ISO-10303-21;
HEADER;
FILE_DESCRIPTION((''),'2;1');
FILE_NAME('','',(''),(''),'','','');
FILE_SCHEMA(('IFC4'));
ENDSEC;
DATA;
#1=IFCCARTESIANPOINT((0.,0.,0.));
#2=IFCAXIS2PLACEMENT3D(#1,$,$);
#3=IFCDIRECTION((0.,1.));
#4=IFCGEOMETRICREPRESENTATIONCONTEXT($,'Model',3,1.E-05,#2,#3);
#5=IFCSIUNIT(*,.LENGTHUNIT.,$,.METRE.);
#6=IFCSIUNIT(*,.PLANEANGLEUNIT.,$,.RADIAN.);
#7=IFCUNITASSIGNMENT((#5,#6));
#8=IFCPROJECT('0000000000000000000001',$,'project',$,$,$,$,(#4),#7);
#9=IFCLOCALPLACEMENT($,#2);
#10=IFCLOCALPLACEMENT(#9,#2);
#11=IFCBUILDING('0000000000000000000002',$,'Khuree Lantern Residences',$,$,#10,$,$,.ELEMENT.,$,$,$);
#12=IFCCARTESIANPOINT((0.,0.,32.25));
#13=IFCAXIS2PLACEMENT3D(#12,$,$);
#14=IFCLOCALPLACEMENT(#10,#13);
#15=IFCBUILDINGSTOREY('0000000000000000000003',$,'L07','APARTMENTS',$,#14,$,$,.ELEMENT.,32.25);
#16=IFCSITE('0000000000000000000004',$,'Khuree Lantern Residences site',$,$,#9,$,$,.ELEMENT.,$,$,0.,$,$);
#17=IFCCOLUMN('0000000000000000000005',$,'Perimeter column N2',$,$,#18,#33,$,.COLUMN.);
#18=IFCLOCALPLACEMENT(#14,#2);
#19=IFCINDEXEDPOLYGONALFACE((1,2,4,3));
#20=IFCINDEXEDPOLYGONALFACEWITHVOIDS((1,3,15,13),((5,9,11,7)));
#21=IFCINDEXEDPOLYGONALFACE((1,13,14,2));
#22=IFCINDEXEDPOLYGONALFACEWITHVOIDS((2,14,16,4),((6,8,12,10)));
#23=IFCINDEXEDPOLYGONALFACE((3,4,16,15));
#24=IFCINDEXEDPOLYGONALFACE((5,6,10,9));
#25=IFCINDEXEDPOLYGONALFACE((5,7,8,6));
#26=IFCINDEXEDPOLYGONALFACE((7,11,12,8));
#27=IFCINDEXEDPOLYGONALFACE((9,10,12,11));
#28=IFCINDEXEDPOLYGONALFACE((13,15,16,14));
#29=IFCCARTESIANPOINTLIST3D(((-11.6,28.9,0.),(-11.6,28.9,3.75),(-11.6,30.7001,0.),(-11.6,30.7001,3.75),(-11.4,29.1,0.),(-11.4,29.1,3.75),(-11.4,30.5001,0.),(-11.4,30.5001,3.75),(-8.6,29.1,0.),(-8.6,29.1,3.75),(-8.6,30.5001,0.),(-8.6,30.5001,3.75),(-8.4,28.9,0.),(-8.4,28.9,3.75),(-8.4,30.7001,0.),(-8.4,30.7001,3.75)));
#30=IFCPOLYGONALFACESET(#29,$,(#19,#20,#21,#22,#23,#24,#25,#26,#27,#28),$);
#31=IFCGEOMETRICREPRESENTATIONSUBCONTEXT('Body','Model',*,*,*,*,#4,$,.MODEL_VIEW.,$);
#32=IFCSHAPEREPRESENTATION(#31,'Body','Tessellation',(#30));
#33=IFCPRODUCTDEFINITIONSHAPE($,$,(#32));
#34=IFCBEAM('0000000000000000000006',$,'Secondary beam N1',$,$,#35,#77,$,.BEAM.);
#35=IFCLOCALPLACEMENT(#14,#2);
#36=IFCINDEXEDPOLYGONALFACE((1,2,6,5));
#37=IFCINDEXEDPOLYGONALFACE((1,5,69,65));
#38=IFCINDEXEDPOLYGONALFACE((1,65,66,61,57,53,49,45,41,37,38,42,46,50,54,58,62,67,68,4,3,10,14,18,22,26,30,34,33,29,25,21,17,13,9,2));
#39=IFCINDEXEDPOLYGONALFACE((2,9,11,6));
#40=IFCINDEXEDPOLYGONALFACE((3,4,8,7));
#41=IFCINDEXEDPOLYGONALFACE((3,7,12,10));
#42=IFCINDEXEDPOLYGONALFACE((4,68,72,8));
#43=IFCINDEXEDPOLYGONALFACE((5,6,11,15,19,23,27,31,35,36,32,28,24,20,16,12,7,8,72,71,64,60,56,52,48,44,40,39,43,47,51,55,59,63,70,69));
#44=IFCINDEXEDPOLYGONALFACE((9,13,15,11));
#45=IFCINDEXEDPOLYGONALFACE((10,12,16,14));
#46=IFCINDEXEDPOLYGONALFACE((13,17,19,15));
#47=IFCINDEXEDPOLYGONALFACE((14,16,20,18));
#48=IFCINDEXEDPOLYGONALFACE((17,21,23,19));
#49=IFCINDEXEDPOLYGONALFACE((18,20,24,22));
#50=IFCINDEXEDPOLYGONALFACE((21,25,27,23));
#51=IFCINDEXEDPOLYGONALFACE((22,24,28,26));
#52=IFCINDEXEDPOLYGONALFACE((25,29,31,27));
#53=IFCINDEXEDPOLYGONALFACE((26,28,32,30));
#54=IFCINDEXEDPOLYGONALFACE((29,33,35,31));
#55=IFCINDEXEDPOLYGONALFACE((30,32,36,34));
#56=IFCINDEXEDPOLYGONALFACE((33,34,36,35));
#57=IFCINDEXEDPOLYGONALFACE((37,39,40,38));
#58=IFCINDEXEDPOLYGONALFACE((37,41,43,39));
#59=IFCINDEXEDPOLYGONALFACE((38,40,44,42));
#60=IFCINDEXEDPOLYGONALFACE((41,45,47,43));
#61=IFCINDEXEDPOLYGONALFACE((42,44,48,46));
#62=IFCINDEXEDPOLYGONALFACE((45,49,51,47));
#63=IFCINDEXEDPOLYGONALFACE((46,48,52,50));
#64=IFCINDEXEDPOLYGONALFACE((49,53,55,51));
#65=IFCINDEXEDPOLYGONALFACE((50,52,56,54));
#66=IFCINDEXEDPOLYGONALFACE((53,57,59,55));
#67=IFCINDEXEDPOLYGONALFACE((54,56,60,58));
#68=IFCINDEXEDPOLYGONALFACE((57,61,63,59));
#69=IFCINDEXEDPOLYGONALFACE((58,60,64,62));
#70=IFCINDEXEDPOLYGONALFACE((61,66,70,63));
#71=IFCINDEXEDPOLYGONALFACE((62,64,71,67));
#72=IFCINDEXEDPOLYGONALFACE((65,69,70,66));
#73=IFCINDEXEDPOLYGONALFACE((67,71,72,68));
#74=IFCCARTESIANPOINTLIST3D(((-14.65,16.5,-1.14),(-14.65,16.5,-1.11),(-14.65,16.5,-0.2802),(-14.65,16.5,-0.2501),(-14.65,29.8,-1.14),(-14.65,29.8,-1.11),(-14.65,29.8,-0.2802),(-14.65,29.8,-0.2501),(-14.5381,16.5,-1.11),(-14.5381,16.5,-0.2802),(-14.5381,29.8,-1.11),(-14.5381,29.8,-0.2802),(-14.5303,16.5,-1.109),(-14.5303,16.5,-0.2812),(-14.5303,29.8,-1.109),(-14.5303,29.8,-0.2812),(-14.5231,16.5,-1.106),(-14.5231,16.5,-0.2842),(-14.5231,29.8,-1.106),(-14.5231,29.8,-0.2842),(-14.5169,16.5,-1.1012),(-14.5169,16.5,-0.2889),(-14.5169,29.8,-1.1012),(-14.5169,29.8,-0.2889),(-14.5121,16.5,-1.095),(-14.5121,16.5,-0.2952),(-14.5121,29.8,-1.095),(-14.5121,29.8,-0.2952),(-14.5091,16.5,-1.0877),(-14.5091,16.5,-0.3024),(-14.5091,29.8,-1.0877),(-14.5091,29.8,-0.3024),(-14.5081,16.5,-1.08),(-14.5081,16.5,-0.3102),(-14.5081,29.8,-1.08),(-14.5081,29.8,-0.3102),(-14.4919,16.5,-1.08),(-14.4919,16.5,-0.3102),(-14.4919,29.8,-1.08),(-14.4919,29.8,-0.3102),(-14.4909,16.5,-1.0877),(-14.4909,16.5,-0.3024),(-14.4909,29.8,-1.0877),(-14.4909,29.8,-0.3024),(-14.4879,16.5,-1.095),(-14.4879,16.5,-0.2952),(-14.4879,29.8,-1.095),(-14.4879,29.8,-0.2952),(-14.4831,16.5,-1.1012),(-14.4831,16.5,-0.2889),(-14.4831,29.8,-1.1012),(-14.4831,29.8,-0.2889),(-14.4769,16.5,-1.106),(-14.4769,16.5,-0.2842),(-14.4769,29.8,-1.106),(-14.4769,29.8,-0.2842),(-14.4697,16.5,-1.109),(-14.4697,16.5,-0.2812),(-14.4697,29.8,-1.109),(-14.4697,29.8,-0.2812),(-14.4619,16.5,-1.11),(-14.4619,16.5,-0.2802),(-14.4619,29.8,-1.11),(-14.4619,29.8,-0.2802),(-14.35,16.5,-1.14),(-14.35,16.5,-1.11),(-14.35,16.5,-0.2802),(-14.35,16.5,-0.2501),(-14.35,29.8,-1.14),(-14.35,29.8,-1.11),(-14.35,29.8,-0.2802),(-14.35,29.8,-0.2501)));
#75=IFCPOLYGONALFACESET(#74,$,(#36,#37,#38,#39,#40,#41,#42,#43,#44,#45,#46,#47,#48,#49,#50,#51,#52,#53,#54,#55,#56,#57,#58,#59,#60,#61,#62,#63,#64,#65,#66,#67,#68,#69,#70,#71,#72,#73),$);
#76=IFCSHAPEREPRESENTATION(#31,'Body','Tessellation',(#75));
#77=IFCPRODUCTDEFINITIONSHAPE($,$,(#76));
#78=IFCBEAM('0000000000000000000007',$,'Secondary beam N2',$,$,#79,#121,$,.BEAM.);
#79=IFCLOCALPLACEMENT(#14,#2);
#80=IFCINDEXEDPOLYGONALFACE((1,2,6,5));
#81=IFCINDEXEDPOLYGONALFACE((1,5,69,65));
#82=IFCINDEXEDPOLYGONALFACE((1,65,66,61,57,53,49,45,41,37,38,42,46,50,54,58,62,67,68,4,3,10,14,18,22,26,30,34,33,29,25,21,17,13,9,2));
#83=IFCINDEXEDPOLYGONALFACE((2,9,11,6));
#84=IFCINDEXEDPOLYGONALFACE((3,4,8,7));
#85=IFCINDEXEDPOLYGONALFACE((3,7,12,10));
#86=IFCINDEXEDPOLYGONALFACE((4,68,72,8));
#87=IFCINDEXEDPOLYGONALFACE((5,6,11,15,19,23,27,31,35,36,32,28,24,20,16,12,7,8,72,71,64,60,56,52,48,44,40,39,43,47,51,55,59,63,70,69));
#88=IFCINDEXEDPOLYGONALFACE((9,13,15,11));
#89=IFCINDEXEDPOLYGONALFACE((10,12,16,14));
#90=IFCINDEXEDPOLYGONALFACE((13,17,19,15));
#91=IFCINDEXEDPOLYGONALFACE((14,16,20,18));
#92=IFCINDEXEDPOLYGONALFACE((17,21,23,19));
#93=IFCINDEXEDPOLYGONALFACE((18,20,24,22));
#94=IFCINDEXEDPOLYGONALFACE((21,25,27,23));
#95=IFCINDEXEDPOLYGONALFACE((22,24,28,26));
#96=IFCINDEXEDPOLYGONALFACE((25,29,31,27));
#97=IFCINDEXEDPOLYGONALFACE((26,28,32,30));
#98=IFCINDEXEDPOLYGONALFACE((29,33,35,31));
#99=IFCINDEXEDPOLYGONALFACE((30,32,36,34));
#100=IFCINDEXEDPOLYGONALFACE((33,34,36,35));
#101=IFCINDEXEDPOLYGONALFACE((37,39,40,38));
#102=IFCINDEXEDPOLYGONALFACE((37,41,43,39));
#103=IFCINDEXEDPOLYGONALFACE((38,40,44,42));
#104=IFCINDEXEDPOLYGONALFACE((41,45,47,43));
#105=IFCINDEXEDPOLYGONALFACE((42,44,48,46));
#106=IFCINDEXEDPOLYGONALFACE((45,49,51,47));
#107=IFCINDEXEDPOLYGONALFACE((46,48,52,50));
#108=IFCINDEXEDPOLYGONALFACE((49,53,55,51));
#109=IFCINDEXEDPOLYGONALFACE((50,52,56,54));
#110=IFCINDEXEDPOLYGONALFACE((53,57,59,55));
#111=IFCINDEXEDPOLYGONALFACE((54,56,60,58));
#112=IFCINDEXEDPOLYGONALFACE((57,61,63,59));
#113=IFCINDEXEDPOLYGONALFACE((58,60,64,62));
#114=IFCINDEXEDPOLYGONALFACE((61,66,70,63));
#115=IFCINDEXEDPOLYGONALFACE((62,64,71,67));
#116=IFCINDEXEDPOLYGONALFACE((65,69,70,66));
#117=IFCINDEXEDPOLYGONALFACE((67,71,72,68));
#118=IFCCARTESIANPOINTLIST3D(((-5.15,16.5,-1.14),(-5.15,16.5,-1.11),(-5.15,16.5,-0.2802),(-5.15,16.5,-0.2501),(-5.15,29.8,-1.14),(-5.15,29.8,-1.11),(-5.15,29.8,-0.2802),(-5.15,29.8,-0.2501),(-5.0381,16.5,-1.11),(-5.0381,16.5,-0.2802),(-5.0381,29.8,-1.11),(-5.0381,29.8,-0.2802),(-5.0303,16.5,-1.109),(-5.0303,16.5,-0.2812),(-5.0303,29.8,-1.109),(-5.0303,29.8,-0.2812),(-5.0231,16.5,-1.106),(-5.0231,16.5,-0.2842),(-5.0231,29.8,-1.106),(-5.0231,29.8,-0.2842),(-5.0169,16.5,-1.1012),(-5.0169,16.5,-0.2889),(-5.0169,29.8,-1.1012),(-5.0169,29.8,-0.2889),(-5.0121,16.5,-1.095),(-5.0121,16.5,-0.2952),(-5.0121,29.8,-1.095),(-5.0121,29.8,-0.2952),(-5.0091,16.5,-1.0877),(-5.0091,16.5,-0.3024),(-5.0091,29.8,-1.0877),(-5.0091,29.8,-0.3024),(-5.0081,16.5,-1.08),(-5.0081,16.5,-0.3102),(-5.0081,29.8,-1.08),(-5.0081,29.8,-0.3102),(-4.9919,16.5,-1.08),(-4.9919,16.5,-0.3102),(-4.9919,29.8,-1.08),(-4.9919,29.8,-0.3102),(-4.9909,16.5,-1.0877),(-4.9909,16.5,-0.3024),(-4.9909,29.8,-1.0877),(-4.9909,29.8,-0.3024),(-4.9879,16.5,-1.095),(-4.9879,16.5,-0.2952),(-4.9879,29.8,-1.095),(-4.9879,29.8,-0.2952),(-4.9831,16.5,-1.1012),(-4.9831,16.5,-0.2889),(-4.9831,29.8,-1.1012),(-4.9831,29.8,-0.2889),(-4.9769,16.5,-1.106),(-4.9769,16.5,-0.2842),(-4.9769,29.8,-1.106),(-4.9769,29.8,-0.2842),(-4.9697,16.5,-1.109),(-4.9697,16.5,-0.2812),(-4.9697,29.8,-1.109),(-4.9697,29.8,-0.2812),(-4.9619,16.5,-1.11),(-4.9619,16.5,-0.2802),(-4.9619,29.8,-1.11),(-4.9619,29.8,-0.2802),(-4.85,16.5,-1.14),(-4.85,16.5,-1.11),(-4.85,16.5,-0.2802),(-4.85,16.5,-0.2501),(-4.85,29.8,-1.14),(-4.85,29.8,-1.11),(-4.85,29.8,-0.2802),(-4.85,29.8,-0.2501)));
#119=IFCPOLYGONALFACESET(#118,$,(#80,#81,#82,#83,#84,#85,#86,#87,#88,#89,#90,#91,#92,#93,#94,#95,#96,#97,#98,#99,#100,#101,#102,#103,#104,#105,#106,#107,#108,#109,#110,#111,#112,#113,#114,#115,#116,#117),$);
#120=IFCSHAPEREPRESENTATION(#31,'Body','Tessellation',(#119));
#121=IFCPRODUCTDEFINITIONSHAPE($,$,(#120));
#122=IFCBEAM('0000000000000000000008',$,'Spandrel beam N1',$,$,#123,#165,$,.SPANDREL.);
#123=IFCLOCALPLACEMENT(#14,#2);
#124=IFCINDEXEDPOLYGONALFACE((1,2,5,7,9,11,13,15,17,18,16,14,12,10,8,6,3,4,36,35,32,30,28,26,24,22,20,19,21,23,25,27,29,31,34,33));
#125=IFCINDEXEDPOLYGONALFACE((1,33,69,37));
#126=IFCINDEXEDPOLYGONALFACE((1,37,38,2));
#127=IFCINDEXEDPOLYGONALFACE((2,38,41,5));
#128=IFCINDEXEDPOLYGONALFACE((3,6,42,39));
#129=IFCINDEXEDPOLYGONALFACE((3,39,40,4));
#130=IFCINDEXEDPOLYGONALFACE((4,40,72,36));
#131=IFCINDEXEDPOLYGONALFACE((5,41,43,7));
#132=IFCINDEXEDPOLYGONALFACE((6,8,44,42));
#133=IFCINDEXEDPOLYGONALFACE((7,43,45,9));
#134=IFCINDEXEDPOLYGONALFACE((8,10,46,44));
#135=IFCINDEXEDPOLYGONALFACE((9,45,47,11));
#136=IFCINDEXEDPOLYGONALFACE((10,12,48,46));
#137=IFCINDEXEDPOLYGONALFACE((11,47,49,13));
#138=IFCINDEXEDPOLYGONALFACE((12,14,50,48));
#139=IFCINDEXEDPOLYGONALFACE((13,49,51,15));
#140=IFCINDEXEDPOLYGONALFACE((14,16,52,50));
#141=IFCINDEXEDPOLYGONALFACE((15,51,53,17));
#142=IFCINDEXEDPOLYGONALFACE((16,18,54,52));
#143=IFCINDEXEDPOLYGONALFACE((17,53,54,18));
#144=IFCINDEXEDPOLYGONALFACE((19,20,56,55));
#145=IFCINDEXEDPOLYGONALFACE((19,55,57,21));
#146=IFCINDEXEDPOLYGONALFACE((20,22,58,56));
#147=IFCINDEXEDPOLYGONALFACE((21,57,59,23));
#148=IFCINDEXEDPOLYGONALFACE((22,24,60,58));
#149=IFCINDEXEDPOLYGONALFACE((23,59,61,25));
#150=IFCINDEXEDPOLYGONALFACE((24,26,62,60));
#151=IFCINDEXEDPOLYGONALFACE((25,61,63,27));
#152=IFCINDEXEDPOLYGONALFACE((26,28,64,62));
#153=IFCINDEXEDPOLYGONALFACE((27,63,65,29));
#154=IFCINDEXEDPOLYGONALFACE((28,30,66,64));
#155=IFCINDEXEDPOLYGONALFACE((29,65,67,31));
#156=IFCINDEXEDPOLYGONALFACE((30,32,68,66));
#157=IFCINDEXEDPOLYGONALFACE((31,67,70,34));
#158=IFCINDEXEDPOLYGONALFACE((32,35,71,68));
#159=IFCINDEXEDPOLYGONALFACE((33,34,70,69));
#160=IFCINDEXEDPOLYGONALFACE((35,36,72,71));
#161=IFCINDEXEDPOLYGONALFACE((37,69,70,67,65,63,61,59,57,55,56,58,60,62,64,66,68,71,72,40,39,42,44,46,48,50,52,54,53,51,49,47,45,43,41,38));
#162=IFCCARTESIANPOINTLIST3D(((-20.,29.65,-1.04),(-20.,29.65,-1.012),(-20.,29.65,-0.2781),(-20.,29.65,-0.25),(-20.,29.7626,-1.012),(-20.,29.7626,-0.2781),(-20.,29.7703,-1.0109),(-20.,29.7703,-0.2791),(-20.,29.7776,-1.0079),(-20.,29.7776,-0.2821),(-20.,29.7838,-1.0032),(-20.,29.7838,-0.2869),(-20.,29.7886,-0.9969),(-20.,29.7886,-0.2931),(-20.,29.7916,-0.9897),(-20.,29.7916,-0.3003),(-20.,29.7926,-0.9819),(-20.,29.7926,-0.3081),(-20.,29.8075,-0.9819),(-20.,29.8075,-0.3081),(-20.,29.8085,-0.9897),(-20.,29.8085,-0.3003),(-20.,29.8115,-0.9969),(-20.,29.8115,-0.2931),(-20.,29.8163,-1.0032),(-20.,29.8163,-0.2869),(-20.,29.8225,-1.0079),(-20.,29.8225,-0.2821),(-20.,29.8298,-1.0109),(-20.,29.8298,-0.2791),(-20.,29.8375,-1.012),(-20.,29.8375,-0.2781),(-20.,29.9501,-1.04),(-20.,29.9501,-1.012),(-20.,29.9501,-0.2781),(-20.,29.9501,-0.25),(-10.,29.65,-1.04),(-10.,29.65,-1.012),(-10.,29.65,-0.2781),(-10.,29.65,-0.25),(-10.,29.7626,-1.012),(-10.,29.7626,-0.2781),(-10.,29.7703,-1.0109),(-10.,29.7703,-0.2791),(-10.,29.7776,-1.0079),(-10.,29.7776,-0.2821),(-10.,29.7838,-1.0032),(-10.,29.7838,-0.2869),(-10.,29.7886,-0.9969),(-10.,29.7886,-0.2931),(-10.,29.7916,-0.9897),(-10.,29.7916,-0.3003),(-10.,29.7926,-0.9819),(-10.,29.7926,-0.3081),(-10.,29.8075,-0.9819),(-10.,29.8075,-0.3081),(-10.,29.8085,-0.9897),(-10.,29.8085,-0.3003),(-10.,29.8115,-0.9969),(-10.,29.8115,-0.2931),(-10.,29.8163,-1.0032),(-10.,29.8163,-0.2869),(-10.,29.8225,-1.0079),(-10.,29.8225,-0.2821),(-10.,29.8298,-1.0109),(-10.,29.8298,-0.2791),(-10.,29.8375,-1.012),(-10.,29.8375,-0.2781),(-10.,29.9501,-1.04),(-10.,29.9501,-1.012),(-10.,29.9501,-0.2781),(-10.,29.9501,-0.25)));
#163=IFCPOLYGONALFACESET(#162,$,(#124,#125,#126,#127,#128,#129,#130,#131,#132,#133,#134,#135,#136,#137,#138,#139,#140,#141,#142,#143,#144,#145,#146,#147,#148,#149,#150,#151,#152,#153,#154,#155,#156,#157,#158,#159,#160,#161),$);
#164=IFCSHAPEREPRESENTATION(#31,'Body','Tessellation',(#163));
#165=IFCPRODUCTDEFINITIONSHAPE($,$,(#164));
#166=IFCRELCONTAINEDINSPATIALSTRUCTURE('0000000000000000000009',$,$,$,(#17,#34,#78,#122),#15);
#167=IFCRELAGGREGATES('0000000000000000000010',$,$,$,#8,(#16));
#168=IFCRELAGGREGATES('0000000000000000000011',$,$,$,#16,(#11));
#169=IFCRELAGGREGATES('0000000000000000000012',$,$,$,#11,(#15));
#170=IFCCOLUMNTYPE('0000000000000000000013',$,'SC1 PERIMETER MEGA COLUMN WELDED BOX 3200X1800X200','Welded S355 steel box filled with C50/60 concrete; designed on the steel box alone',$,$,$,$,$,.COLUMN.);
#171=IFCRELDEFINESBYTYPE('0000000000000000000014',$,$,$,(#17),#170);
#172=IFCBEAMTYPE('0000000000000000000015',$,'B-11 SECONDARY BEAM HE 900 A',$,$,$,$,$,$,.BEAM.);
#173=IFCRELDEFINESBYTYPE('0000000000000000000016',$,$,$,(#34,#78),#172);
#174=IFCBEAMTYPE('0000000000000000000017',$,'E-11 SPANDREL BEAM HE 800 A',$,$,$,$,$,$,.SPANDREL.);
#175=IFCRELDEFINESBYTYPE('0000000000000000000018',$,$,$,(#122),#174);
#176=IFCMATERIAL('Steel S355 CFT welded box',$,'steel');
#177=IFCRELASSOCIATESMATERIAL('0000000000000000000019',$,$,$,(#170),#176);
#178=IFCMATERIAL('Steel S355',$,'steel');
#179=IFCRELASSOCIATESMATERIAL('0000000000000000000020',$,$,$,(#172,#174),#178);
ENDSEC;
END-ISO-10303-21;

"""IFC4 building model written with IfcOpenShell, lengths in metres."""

from ifc_helpers import new_model, si_unit, direction, frame, origin, origin_2d, place, context, subcontext, project, spatial, hollow_rectangle, i_section, extrude, material, material_profile, profile_set, type_object, element, save


model = new_model("IFC4")

# Units and contexts
model_context = context("Model", 3, precision=1e-05, world=origin(), true_north=direction((0.0, 1.0)))
body_context = subcontext(model_context, "Body", "Model", "MODEL_VIEW")
ifc_project = project(units=[si_unit("LENGTHUNIT", "METRE"), si_unit("PLANEANGLEUNIT", "RADIAN")], contexts=[model_context])

# Site, building, storey
site_placement = place(None, origin())
site = spatial("IfcSite", under=ifc_project, at=site_placement, Name="Khuree Lantern Residences site", CompositionType="ELEMENT", RefElevation=0.0)
building_placement = place(site_placement, origin())
building = spatial("IfcBuilding", under=site, at=building_placement, Name="Khuree Lantern Residences", CompositionType="ELEMENT")
storey_placement = place(building_placement, frame((0.0, 0.0, 32.25)))
storey = spatial("IfcBuildingStorey", under=building, at=storey_placement, Name="L07", Description="APARTMENTS", CompositionType="ELEMENT", Elevation=32.25)

# Column
ifc_material_1 = material(Name="Steel S355 CFT welded box", Category="steel")
ifc_material_profile_1 = material_profile(ifc_material_1, hollow_rectangle(XDim=3.2, YDim=1.8, WallThickness=0.2, at=origin_2d()), Name="WELDED BOX 3200X1800X200")
ifc_profile_set_1 = profile_set([ifc_material_profile_1], Name="Steel S355 CFT welded box")
column_type = type_object("IfcColumnType", Name="SC1 PERIMETER MEGA COLUMN WELDED BOX 3200X1800X200", Description="Welded S355 steel box filled with C50/60 concrete; designed on the steel box alone", PredefinedType="COLUMN", material=ifc_profile_set_1)
column_placement = place(storey_placement, frame((-10.0, 29.8, 0.0), z_axis=(0.0, 0.0, 1.0), x_axis=(1.0, 0.0, 0.0)))
element("IfcColumn", 1, at=column_placement, inside=storey, type_object=column_type, Name="Perimeter column N2", PredefinedType="COLUMN", context=body_context, shape_type="SweptSolid", body=[
    extrude(hollow_rectangle(XDim=3.2, YDim=1.8, WallThickness=0.2, at=origin_2d()), origin(), (0.0, 0.0, 1.0), 3.75),
])

# Beams
ifc_material_2 = material(Name="Steel S355", Category="steel")
ifc_material_profile_2 = material_profile(ifc_material_2, i_section(OverallWidth=0.3, OverallDepth=0.8899, WebThickness=0.0161, FlangeThickness=0.03, FilletRadius=0.03, at=origin_2d()), Name="HE 900 A")
ifc_profile_set_2 = profile_set([ifc_material_profile_2], Name="Steel S355")
beam_type_1 = type_object("IfcBeamType", Name="B-11 SECONDARY BEAM HE 900 A", PredefinedType="BEAM", material=ifc_profile_set_2)
for number, where, z_axis, x_axis, name in (
    (2, (-14.5, 29.8, -0.6951), (0.0, -1.0, 0.0), (1.0, 0.0, 0.0), "Secondary beam N1"),
    (3, (-5.0, 29.8, -0.6951), (0.0, -1.0, 0.0), (1.0, 0.0, 0.0), "Secondary beam N2"),
):
    element("IfcBeam", number, at=place(storey_placement, frame(where, z_axis=z_axis, x_axis=x_axis)), inside=storey, type_object=beam_type_1, Name=name, PredefinedType="BEAM", context=body_context, shape_type="SweptSolid", body=[
        extrude(i_section(OverallWidth=0.3, OverallDepth=0.8899, WebThickness=0.0161, FlangeThickness=0.03, FilletRadius=0.03, at=origin_2d()), origin(), (0.0, 0.0, 1.0), 13.3),
    ])
ifc_material_profile_3 = material_profile(ifc_material_2, i_section(OverallWidth=0.3, OverallDepth=0.79, WebThickness=0.0149, FlangeThickness=0.0281, FilletRadius=0.03, at=origin_2d()), Name="HE 800 A")
ifc_profile_set_3 = profile_set([ifc_material_profile_3], Name="Steel S355")
beam_type_2 = type_object("IfcBeamType", Name="E-11 SPANDREL BEAM HE 800 A", PredefinedType="SPANDREL", material=ifc_profile_set_3)
for number, where, z_axis, x_axis, name in (
    (4, (-20.0, 29.8, -0.645), (1.0, 0.0, 0.0), (0.0, 1.0, 0.0), "Spandrel beam N1"),
):
    element("IfcBeam", number, at=place(storey_placement, frame(where, z_axis=z_axis, x_axis=x_axis)), inside=storey, type_object=beam_type_2, Name=name, PredefinedType="SPANDREL", context=body_context, shape_type="SweptSolid", body=[
        extrude(i_section(OverallWidth=0.3, OverallDepth=0.79, WebThickness=0.0149, FlangeThickness=0.0281, FilletRadius=0.03, at=origin_2d()), origin(), (0.0, 0.0, 1.0), 10.0),
    ])

save(model, "model.ifc")
